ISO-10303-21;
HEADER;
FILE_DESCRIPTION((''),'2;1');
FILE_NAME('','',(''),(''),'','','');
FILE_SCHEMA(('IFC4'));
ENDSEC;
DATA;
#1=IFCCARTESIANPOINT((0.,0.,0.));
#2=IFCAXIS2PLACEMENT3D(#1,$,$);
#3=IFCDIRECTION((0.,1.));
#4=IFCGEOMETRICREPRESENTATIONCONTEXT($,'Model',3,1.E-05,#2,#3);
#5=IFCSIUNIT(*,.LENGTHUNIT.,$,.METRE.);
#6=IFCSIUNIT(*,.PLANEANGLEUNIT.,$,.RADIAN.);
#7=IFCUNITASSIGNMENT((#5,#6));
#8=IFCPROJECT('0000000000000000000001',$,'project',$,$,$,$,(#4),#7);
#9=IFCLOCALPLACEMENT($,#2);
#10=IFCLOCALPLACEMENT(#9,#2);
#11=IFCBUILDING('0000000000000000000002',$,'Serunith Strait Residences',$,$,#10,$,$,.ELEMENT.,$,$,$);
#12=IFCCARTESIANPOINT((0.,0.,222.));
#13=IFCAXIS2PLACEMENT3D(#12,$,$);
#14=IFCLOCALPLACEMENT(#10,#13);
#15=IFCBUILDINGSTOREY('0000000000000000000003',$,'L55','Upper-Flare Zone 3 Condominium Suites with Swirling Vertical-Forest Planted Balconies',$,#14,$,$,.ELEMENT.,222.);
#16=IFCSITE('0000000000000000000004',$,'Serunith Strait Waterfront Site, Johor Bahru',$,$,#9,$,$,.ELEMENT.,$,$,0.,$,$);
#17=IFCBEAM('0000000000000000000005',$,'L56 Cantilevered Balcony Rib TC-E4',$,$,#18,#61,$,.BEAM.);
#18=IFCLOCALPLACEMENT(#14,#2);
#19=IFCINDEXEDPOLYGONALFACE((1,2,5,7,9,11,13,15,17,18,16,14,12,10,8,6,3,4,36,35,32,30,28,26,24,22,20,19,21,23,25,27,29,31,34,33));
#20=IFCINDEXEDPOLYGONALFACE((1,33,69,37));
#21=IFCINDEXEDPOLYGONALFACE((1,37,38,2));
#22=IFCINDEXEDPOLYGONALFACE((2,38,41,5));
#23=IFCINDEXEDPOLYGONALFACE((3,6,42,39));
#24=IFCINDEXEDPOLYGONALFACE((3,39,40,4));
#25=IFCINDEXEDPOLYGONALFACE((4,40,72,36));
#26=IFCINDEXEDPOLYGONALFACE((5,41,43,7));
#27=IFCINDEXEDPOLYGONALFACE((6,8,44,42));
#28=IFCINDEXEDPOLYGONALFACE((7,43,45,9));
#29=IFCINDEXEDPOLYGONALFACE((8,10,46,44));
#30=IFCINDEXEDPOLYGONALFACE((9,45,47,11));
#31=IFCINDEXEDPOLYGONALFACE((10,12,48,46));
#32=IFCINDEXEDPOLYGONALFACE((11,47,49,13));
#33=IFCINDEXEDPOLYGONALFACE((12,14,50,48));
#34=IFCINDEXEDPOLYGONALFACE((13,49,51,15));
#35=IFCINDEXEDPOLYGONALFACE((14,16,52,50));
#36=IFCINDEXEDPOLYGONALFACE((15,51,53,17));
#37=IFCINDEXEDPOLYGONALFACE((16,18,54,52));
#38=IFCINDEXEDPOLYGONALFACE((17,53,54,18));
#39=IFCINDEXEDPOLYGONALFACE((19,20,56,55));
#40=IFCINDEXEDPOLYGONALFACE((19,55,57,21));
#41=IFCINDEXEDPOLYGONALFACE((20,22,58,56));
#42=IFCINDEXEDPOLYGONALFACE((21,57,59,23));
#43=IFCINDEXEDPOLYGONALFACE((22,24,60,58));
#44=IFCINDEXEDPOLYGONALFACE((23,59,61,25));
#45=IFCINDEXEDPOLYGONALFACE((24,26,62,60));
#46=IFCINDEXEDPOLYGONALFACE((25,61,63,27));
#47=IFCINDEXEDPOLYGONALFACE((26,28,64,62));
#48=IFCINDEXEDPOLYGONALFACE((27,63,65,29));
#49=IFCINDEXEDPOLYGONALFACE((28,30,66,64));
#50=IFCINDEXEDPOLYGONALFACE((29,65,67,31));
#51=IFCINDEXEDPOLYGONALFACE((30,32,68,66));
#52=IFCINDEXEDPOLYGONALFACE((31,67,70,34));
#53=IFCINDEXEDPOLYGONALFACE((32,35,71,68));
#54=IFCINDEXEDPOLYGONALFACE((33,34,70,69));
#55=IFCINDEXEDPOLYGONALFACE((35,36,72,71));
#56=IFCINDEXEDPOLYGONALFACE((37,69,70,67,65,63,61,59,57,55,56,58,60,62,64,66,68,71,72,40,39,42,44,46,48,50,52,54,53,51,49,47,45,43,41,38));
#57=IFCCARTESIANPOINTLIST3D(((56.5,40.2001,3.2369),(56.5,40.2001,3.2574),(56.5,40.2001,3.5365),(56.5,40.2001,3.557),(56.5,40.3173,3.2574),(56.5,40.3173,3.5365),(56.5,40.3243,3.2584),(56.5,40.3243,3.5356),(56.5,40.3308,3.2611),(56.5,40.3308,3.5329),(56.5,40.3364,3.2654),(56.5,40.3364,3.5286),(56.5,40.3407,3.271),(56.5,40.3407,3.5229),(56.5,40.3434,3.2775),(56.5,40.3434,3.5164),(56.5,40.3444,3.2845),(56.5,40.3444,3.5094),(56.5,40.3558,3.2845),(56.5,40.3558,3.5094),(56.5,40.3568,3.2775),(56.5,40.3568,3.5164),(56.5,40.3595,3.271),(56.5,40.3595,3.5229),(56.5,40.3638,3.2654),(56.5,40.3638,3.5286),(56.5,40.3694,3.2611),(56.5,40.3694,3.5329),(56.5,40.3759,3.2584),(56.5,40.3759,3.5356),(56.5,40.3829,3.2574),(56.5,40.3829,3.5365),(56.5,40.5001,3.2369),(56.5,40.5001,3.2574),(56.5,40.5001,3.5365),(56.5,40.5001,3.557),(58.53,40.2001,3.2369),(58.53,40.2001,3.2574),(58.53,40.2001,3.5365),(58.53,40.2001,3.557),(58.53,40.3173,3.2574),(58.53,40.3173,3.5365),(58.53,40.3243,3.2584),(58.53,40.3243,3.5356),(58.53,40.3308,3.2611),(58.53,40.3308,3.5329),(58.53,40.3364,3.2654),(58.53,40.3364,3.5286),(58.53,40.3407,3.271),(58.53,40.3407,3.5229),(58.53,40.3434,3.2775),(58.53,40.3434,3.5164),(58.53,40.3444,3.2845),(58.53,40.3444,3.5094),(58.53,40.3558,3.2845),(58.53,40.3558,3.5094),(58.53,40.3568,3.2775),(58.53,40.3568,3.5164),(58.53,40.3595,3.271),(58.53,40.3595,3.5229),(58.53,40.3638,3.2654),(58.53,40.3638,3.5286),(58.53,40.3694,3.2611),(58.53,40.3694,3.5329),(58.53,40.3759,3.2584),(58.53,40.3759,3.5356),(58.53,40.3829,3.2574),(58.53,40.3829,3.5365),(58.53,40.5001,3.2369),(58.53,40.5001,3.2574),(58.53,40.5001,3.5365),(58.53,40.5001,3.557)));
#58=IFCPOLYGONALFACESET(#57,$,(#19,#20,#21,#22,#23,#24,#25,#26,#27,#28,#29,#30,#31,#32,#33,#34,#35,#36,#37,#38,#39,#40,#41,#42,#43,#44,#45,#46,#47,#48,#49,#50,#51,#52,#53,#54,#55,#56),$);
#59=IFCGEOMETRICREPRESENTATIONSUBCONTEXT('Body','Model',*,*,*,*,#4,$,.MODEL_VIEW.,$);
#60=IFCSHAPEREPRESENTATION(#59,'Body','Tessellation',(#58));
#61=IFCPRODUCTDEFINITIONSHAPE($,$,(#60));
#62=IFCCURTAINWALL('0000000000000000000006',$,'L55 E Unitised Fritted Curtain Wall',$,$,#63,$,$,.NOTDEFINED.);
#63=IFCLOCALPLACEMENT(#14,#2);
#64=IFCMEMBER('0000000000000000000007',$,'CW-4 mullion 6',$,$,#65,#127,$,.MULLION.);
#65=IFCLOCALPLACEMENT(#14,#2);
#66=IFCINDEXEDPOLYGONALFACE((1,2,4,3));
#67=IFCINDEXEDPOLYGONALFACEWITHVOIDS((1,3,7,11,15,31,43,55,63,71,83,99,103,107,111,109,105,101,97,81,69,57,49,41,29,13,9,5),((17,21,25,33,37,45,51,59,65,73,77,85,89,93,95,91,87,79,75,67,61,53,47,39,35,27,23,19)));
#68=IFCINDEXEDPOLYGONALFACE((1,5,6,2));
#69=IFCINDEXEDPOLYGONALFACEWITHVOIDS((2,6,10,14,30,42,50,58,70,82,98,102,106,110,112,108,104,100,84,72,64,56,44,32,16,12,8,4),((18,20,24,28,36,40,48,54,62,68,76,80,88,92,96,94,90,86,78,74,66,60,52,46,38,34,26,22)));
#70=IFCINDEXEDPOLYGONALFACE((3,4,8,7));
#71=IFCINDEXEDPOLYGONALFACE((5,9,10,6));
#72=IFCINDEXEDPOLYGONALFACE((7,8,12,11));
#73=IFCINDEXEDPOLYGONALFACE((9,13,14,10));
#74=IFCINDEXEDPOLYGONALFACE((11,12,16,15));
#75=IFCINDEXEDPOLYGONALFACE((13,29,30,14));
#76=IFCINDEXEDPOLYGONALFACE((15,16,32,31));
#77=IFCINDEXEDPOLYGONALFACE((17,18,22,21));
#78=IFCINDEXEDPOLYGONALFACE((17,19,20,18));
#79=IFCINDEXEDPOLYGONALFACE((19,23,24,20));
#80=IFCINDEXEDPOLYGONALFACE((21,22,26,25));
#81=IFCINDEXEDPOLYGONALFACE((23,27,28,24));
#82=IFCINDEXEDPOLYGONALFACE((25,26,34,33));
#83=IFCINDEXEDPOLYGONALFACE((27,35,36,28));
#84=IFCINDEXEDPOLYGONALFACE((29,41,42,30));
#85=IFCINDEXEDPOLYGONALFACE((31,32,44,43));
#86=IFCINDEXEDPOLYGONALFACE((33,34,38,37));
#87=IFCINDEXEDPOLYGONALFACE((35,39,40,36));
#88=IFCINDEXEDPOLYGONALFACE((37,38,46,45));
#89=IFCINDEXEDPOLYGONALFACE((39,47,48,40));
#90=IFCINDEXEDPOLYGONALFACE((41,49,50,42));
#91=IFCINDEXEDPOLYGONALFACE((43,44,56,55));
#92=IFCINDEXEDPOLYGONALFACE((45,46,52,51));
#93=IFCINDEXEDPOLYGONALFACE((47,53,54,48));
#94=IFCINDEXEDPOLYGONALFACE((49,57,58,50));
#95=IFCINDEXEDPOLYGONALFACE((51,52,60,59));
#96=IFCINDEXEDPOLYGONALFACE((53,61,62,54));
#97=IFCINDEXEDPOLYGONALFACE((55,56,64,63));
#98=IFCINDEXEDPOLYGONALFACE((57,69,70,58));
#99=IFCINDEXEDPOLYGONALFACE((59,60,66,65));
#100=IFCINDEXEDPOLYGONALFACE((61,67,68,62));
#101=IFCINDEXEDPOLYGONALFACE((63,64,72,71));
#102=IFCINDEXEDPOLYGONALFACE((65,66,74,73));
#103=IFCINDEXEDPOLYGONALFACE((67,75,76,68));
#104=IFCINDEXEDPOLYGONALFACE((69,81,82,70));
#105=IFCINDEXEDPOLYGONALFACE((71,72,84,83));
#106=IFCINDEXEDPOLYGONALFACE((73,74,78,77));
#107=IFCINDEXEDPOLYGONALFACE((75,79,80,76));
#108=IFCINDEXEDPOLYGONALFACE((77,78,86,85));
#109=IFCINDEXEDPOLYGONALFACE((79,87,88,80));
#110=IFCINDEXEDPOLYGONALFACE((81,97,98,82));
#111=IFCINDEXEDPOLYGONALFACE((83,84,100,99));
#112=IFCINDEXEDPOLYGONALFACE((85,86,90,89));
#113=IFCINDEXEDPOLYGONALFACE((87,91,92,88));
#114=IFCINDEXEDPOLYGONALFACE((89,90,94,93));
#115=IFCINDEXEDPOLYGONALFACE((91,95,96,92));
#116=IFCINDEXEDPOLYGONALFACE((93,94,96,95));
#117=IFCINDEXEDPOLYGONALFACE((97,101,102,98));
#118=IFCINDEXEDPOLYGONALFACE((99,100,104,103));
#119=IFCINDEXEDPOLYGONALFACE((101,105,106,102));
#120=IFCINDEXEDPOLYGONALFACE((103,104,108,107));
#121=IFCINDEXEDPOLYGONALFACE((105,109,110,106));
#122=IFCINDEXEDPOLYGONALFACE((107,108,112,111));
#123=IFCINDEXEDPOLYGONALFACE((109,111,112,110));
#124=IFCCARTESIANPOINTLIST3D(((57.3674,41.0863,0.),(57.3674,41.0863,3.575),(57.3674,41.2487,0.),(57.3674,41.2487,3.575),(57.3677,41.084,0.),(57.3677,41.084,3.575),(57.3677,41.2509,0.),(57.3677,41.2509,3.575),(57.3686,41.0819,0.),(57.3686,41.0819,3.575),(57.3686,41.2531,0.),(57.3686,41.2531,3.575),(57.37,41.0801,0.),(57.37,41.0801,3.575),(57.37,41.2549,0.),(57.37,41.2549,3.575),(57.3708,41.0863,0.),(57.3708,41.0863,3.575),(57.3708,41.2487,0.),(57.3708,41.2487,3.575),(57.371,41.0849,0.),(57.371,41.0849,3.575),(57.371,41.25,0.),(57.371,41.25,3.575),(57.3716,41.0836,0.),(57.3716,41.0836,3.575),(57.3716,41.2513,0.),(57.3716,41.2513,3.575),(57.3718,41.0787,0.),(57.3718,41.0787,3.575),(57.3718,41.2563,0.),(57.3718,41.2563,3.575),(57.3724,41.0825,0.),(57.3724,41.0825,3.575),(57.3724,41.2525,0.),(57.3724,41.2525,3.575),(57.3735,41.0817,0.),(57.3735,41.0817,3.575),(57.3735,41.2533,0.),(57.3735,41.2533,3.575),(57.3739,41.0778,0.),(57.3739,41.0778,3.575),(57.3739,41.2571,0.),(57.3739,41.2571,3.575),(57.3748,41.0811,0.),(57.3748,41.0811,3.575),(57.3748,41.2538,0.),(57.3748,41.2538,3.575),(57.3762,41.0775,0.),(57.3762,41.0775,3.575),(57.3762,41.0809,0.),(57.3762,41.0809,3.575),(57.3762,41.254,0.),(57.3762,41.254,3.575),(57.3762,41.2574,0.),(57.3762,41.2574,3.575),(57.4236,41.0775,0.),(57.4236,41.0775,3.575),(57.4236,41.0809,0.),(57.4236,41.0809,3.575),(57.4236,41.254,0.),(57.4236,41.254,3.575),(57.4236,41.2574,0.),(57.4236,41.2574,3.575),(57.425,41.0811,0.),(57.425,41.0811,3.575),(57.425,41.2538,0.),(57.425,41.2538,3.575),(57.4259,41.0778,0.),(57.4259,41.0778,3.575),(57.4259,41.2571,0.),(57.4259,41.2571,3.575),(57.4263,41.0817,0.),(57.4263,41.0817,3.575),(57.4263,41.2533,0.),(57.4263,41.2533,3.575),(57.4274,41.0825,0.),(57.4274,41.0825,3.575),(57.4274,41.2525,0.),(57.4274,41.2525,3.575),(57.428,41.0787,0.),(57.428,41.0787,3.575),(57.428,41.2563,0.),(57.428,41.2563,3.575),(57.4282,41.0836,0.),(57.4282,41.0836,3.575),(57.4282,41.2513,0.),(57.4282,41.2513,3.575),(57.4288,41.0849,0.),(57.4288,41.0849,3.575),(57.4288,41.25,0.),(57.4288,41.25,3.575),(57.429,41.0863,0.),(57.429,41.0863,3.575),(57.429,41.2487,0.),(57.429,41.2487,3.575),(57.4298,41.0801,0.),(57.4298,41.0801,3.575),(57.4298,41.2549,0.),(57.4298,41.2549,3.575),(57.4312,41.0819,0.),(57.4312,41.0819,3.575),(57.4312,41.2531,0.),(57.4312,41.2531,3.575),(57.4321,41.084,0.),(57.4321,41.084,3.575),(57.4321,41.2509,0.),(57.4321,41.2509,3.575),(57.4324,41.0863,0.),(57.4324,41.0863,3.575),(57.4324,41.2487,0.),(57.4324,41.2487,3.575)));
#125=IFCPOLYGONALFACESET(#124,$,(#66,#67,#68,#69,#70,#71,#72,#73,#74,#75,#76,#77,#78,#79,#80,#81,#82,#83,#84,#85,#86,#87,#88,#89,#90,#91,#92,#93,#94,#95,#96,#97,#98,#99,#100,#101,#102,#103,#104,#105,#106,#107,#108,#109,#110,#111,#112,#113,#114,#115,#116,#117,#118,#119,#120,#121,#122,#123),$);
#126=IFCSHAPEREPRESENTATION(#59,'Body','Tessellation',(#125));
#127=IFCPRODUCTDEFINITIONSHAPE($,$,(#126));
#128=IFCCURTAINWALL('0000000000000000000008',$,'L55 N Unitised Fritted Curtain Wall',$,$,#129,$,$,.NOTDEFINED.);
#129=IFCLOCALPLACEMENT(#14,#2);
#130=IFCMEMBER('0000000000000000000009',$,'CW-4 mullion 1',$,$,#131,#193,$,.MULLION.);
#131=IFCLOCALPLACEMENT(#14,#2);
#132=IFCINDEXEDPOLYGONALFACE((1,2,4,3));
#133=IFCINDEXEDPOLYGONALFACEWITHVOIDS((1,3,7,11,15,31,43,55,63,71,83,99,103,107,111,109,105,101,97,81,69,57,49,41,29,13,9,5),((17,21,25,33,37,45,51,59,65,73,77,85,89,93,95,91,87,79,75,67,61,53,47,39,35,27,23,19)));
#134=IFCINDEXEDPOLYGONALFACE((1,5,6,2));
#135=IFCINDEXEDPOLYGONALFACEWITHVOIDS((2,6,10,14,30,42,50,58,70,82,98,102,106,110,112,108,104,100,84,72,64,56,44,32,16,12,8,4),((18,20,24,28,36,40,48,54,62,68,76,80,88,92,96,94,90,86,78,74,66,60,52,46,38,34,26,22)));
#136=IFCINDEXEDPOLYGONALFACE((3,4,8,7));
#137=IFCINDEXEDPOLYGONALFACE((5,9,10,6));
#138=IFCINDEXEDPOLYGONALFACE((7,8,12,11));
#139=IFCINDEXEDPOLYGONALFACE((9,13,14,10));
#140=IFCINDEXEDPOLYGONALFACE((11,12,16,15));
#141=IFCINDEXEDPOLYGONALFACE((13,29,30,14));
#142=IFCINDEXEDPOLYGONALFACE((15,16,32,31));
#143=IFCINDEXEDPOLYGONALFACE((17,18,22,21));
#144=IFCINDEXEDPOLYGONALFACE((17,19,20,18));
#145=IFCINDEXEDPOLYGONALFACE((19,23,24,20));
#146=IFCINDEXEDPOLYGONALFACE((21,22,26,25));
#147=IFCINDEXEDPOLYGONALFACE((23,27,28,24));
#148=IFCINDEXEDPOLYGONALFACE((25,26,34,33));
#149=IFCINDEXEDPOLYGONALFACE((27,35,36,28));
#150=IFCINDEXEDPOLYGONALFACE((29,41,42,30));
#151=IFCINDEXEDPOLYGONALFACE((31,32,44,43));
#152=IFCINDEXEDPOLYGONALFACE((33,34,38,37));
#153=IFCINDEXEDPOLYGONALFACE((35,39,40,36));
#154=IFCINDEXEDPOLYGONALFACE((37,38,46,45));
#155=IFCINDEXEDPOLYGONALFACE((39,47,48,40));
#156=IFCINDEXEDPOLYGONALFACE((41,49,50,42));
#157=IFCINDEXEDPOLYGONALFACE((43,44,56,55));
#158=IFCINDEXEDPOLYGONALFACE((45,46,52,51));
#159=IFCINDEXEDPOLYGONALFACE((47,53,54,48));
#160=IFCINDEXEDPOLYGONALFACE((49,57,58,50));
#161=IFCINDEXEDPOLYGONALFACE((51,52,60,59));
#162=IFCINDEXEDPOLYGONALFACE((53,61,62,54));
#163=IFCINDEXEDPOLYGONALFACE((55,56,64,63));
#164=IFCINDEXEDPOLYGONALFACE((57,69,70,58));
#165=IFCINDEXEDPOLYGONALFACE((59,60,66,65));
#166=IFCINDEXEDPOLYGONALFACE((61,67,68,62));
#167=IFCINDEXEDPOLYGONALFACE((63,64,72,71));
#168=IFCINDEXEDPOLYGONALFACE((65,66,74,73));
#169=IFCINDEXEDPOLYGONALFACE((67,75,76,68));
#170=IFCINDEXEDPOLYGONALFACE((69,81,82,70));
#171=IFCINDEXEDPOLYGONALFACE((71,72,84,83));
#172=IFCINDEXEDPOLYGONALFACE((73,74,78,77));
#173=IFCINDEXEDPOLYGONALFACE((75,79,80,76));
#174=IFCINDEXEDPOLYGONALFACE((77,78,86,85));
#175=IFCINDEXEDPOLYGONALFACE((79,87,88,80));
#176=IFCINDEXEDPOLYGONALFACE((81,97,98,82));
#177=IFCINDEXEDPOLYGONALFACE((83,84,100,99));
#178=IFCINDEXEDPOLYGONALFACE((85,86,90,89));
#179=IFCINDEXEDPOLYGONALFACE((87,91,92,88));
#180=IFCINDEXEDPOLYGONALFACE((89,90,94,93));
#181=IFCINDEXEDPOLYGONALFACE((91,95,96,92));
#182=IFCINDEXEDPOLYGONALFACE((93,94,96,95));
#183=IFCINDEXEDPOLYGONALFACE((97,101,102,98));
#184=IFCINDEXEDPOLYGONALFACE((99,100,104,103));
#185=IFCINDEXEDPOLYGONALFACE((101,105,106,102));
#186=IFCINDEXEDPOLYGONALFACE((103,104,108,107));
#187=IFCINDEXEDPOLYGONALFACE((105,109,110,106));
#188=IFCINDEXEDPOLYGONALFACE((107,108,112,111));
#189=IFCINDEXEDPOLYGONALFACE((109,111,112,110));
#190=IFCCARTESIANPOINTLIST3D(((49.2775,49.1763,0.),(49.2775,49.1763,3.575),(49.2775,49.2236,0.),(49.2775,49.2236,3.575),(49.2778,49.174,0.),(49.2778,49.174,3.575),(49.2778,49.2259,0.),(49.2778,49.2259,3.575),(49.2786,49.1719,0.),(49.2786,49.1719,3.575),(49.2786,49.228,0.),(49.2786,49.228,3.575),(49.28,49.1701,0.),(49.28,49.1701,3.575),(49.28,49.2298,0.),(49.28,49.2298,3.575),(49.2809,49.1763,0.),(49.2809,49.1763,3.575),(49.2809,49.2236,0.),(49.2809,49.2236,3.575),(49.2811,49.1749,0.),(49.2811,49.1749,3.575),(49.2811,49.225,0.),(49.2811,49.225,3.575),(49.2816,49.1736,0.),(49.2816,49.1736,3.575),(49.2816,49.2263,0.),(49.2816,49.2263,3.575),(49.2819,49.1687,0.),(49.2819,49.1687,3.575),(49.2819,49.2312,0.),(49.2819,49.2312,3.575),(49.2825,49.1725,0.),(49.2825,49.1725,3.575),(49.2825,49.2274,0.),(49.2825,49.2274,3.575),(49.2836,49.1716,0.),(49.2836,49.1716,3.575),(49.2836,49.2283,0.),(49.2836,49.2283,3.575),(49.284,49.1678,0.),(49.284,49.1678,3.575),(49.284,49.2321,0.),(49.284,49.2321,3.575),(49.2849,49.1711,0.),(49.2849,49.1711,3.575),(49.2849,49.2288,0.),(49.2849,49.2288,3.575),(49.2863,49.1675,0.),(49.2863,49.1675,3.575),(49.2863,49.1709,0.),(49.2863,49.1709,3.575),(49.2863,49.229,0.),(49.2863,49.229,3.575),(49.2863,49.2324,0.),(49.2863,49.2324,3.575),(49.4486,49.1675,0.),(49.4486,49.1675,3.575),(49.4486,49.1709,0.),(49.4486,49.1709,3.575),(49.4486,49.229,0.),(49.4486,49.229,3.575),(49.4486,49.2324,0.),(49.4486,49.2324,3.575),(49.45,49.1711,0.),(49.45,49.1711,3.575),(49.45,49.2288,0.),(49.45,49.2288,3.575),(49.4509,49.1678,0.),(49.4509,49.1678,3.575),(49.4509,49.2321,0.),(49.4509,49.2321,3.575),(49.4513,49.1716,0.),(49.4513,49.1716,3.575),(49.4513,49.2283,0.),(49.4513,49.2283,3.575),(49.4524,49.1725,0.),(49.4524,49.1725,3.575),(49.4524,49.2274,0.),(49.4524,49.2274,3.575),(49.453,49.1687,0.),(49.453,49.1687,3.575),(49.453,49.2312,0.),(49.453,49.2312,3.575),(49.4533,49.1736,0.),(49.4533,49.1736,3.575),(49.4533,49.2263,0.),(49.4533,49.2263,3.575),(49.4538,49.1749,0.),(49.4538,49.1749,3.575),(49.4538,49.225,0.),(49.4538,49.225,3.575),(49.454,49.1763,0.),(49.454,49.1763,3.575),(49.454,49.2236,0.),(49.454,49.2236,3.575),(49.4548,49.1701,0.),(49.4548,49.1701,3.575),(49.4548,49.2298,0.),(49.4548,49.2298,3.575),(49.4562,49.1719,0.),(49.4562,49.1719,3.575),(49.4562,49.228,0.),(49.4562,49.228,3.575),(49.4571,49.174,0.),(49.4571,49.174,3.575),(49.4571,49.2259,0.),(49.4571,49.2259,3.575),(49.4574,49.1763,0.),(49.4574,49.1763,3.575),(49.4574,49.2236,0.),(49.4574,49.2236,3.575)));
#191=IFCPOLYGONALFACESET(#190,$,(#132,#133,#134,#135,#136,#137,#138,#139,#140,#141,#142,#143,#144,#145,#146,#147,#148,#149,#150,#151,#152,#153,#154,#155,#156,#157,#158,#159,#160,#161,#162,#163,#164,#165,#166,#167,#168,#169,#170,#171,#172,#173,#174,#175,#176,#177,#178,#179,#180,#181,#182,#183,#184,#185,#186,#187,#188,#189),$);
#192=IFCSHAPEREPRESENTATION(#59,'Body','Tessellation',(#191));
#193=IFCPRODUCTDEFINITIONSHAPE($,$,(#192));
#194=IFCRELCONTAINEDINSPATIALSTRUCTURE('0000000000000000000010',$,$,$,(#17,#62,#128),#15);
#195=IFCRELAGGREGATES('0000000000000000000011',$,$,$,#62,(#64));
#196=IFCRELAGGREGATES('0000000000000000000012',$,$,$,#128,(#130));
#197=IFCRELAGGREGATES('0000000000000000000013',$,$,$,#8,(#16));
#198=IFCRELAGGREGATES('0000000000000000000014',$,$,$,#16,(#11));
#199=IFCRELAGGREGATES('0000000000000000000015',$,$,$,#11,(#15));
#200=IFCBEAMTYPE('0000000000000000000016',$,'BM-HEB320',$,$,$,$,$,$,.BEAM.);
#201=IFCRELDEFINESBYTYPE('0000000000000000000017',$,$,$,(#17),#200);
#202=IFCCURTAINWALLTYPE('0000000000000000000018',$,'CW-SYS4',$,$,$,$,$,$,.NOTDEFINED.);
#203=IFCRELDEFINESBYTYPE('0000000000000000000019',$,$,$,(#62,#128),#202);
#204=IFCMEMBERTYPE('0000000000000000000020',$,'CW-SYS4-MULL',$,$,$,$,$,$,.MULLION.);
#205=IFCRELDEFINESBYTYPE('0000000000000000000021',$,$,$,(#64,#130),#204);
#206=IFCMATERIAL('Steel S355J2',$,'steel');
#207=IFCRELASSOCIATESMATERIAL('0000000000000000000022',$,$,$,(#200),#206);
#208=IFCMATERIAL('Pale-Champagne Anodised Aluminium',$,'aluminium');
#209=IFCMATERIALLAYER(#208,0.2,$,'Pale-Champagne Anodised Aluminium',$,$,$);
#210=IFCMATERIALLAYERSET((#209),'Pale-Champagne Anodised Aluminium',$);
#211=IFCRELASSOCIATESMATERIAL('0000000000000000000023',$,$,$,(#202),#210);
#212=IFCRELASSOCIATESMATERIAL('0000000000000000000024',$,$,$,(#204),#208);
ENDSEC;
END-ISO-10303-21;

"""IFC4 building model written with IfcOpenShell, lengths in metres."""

from ifc_helpers import new_model, si_unit, direction, frame, origin, origin_2d, place, context, subcontext, project, spatial, hollow_rectangle, i_section, extrude, source, transform, mapped, material, layer, layer_set, material_profile, profile_set, type_object, element, aggregate, save


model = new_model("IFC4")

# Units and contexts
model_context = context("Model", 3, precision=1e-05, world=origin(), true_north=direction((0.0, 1.0)))
body_context = subcontext(model_context, "Body", "Model", "MODEL_VIEW")
ifc_project = project(units=[si_unit("LENGTHUNIT", "METRE"), si_unit("PLANEANGLEUNIT", "RADIAN")], contexts=[model_context])

# Site, building, storey
site_placement = place(None, origin())
site = spatial("IfcSite", under=ifc_project, at=site_placement, Name="Serunith Strait Waterfront Site, Johor Bahru", CompositionType="ELEMENT", RefElevation=0.0)
building_placement = place(site_placement, origin())
building = spatial("IfcBuilding", under=site, at=building_placement, Name="Serunith Strait Residences", CompositionType="ELEMENT")
storey_placement = place(building_placement, frame((0.0, 0.0, 222.0)))
storey = spatial("IfcBuildingStorey", under=building, at=storey_placement, Name="L55", Description="Upper-Flare Zone 3 Condominium Suites with Swirling Vertical-Forest Planted Balconies", CompositionType="ELEMENT", Elevation=222.0)

# Beam
ifc_material_1 = material(Name="Steel S355J2", Category="steel")
ifc_material_profile_1 = material_profile(ifc_material_1, i_section(OverallWidth=0.3, OverallDepth=0.3201, WebThickness=0.0115, FlangeThickness=0.0205, FilletRadius=0.0271, at=origin_2d()), Name="HEB 320")
ifc_profile_set_1 = profile_set([ifc_material_profile_1], Name="Steel S355J2")
beam_type_1 = type_object("IfcBeamType", Name="BM-HEB320", PredefinedType="BEAM", material=ifc_profile_set_1)
shared_shape_1 = source(origin(), body_context, "Body", "SweptSolid", [
    extrude(i_section(OverallWidth=0.3, OverallDepth=0.3201, WebThickness=0.0115, FlangeThickness=0.0205, FilletRadius=0.0271, at=origin_2d()), origin(), (0.0, 0.0, 1.0), 2.03),
])
for number, where, z_axis, x_axis, name in (
    (1, (56.5, 40.3501, 3.397), (1.0, 0.0, 0.0), (0.0, 1.0, 0.0), "L56 Cantilevered Balcony Rib TC-E4"),
):
    element("IfcBeam", number, at=place(storey_placement, frame(where, z_axis=z_axis, x_axis=x_axis)), inside=storey, type_object=beam_type_1, Name=name, PredefinedType="BEAM", context=body_context, shape_type="MappedRepresentation", body=[
        mapped(shared_shape_1, transform((0.0, 0.0, 0.0), scale=1.0)),
    ])

# Curtain wall, member
ifc_material_2 = material(Name="Pale-Champagne Anodised Aluminium", Category="aluminium")
ifc_layer_1 = layer(ifc_material_2, 0.2, Name="Pale-Champagne Anodised Aluminium")
ifc_layer_set_1 = layer_set([ifc_layer_1], Name="Pale-Champagne Anodised Aluminium")
curtain_wall_type = type_object("IfcCurtainWallType", Name="CW-SYS4", PredefinedType="NOTDEFINED", material=ifc_layer_set_1)
curtain_wall_1_placement = place(storey_placement, origin())
curtain_wall_1 = element("IfcCurtainWall", 2, at=curtain_wall_1_placement, inside=storey, type_object=curtain_wall_type, Name="L55 E Unitised Fritted Curtain Wall", PredefinedType="NOTDEFINED")
ifc_material_profile_2 = material_profile(ifc_material_2, hollow_rectangle(XDim=0.0649, YDim=0.1799, WallThickness=0.0034, InnerFilletRadius=0.0054, OuterFilletRadius=0.0088, at=origin_2d()), Name="ALU 180x65x3.5")
ifc_profile_set_2 = profile_set([ifc_material_profile_2], Name="Pale-Champagne Anodised Aluminium")
member_type_1 = type_object("IfcMemberType", Name="CW-SYS4-MULL", PredefinedType="MULLION", material=ifc_profile_set_2)
shared_shape_2 = source(origin(), body_context, "Body", "SweptSolid", [
    extrude(hollow_rectangle(XDim=0.0649, YDim=0.1799, WallThickness=0.0034, InnerFilletRadius=0.0054, OuterFilletRadius=0.0088, at=origin_2d()), origin(), (0.0, 0.0, 1.0), 3.575),
])
member_1_placement = place(storey_placement, frame((57.3999, 41.1675, 0.0), z_axis=(0.0, 0.0, 1.0), x_axis=(-1.0, 0.0, 0.0)))
member_1 = element("IfcMember", 3, at=member_1_placement, type_object=member_type_1, Name="CW-4 mullion 6", PredefinedType="MULLION", context=body_context, shape_type="MappedRepresentation", body=[
    mapped(shared_shape_2, transform((0.0, 0.0, 0.0), scale=1.0)),
])

# Curtain wall, member
curtain_wall_2_placement = place(storey_placement, origin())
curtain_wall_2 = element("IfcCurtainWall", 4, at=curtain_wall_2_placement, inside=storey, type_object=curtain_wall_type, Name="L55 N Unitised Fritted Curtain Wall", PredefinedType="NOTDEFINED")
member_2_placement = place(storey_placement, frame((49.3674, 49.2, 0.0), z_axis=(0.0, 0.0, 1.0), x_axis=(0.0, -1.0, 0.0)))
member_2 = element("IfcMember", 5, at=member_2_placement, type_object=member_type_1, Name="CW-4 mullion 1", PredefinedType="MULLION", context=body_context, shape_type="MappedRepresentation", body=[
    mapped(shared_shape_2, transform((0.0, 0.0, 0.0), scale=1.0)),
])

aggregate(curtain_wall_1, [member_1])
aggregate(curtain_wall_2, [member_2])

save(model, "model.ifc")
